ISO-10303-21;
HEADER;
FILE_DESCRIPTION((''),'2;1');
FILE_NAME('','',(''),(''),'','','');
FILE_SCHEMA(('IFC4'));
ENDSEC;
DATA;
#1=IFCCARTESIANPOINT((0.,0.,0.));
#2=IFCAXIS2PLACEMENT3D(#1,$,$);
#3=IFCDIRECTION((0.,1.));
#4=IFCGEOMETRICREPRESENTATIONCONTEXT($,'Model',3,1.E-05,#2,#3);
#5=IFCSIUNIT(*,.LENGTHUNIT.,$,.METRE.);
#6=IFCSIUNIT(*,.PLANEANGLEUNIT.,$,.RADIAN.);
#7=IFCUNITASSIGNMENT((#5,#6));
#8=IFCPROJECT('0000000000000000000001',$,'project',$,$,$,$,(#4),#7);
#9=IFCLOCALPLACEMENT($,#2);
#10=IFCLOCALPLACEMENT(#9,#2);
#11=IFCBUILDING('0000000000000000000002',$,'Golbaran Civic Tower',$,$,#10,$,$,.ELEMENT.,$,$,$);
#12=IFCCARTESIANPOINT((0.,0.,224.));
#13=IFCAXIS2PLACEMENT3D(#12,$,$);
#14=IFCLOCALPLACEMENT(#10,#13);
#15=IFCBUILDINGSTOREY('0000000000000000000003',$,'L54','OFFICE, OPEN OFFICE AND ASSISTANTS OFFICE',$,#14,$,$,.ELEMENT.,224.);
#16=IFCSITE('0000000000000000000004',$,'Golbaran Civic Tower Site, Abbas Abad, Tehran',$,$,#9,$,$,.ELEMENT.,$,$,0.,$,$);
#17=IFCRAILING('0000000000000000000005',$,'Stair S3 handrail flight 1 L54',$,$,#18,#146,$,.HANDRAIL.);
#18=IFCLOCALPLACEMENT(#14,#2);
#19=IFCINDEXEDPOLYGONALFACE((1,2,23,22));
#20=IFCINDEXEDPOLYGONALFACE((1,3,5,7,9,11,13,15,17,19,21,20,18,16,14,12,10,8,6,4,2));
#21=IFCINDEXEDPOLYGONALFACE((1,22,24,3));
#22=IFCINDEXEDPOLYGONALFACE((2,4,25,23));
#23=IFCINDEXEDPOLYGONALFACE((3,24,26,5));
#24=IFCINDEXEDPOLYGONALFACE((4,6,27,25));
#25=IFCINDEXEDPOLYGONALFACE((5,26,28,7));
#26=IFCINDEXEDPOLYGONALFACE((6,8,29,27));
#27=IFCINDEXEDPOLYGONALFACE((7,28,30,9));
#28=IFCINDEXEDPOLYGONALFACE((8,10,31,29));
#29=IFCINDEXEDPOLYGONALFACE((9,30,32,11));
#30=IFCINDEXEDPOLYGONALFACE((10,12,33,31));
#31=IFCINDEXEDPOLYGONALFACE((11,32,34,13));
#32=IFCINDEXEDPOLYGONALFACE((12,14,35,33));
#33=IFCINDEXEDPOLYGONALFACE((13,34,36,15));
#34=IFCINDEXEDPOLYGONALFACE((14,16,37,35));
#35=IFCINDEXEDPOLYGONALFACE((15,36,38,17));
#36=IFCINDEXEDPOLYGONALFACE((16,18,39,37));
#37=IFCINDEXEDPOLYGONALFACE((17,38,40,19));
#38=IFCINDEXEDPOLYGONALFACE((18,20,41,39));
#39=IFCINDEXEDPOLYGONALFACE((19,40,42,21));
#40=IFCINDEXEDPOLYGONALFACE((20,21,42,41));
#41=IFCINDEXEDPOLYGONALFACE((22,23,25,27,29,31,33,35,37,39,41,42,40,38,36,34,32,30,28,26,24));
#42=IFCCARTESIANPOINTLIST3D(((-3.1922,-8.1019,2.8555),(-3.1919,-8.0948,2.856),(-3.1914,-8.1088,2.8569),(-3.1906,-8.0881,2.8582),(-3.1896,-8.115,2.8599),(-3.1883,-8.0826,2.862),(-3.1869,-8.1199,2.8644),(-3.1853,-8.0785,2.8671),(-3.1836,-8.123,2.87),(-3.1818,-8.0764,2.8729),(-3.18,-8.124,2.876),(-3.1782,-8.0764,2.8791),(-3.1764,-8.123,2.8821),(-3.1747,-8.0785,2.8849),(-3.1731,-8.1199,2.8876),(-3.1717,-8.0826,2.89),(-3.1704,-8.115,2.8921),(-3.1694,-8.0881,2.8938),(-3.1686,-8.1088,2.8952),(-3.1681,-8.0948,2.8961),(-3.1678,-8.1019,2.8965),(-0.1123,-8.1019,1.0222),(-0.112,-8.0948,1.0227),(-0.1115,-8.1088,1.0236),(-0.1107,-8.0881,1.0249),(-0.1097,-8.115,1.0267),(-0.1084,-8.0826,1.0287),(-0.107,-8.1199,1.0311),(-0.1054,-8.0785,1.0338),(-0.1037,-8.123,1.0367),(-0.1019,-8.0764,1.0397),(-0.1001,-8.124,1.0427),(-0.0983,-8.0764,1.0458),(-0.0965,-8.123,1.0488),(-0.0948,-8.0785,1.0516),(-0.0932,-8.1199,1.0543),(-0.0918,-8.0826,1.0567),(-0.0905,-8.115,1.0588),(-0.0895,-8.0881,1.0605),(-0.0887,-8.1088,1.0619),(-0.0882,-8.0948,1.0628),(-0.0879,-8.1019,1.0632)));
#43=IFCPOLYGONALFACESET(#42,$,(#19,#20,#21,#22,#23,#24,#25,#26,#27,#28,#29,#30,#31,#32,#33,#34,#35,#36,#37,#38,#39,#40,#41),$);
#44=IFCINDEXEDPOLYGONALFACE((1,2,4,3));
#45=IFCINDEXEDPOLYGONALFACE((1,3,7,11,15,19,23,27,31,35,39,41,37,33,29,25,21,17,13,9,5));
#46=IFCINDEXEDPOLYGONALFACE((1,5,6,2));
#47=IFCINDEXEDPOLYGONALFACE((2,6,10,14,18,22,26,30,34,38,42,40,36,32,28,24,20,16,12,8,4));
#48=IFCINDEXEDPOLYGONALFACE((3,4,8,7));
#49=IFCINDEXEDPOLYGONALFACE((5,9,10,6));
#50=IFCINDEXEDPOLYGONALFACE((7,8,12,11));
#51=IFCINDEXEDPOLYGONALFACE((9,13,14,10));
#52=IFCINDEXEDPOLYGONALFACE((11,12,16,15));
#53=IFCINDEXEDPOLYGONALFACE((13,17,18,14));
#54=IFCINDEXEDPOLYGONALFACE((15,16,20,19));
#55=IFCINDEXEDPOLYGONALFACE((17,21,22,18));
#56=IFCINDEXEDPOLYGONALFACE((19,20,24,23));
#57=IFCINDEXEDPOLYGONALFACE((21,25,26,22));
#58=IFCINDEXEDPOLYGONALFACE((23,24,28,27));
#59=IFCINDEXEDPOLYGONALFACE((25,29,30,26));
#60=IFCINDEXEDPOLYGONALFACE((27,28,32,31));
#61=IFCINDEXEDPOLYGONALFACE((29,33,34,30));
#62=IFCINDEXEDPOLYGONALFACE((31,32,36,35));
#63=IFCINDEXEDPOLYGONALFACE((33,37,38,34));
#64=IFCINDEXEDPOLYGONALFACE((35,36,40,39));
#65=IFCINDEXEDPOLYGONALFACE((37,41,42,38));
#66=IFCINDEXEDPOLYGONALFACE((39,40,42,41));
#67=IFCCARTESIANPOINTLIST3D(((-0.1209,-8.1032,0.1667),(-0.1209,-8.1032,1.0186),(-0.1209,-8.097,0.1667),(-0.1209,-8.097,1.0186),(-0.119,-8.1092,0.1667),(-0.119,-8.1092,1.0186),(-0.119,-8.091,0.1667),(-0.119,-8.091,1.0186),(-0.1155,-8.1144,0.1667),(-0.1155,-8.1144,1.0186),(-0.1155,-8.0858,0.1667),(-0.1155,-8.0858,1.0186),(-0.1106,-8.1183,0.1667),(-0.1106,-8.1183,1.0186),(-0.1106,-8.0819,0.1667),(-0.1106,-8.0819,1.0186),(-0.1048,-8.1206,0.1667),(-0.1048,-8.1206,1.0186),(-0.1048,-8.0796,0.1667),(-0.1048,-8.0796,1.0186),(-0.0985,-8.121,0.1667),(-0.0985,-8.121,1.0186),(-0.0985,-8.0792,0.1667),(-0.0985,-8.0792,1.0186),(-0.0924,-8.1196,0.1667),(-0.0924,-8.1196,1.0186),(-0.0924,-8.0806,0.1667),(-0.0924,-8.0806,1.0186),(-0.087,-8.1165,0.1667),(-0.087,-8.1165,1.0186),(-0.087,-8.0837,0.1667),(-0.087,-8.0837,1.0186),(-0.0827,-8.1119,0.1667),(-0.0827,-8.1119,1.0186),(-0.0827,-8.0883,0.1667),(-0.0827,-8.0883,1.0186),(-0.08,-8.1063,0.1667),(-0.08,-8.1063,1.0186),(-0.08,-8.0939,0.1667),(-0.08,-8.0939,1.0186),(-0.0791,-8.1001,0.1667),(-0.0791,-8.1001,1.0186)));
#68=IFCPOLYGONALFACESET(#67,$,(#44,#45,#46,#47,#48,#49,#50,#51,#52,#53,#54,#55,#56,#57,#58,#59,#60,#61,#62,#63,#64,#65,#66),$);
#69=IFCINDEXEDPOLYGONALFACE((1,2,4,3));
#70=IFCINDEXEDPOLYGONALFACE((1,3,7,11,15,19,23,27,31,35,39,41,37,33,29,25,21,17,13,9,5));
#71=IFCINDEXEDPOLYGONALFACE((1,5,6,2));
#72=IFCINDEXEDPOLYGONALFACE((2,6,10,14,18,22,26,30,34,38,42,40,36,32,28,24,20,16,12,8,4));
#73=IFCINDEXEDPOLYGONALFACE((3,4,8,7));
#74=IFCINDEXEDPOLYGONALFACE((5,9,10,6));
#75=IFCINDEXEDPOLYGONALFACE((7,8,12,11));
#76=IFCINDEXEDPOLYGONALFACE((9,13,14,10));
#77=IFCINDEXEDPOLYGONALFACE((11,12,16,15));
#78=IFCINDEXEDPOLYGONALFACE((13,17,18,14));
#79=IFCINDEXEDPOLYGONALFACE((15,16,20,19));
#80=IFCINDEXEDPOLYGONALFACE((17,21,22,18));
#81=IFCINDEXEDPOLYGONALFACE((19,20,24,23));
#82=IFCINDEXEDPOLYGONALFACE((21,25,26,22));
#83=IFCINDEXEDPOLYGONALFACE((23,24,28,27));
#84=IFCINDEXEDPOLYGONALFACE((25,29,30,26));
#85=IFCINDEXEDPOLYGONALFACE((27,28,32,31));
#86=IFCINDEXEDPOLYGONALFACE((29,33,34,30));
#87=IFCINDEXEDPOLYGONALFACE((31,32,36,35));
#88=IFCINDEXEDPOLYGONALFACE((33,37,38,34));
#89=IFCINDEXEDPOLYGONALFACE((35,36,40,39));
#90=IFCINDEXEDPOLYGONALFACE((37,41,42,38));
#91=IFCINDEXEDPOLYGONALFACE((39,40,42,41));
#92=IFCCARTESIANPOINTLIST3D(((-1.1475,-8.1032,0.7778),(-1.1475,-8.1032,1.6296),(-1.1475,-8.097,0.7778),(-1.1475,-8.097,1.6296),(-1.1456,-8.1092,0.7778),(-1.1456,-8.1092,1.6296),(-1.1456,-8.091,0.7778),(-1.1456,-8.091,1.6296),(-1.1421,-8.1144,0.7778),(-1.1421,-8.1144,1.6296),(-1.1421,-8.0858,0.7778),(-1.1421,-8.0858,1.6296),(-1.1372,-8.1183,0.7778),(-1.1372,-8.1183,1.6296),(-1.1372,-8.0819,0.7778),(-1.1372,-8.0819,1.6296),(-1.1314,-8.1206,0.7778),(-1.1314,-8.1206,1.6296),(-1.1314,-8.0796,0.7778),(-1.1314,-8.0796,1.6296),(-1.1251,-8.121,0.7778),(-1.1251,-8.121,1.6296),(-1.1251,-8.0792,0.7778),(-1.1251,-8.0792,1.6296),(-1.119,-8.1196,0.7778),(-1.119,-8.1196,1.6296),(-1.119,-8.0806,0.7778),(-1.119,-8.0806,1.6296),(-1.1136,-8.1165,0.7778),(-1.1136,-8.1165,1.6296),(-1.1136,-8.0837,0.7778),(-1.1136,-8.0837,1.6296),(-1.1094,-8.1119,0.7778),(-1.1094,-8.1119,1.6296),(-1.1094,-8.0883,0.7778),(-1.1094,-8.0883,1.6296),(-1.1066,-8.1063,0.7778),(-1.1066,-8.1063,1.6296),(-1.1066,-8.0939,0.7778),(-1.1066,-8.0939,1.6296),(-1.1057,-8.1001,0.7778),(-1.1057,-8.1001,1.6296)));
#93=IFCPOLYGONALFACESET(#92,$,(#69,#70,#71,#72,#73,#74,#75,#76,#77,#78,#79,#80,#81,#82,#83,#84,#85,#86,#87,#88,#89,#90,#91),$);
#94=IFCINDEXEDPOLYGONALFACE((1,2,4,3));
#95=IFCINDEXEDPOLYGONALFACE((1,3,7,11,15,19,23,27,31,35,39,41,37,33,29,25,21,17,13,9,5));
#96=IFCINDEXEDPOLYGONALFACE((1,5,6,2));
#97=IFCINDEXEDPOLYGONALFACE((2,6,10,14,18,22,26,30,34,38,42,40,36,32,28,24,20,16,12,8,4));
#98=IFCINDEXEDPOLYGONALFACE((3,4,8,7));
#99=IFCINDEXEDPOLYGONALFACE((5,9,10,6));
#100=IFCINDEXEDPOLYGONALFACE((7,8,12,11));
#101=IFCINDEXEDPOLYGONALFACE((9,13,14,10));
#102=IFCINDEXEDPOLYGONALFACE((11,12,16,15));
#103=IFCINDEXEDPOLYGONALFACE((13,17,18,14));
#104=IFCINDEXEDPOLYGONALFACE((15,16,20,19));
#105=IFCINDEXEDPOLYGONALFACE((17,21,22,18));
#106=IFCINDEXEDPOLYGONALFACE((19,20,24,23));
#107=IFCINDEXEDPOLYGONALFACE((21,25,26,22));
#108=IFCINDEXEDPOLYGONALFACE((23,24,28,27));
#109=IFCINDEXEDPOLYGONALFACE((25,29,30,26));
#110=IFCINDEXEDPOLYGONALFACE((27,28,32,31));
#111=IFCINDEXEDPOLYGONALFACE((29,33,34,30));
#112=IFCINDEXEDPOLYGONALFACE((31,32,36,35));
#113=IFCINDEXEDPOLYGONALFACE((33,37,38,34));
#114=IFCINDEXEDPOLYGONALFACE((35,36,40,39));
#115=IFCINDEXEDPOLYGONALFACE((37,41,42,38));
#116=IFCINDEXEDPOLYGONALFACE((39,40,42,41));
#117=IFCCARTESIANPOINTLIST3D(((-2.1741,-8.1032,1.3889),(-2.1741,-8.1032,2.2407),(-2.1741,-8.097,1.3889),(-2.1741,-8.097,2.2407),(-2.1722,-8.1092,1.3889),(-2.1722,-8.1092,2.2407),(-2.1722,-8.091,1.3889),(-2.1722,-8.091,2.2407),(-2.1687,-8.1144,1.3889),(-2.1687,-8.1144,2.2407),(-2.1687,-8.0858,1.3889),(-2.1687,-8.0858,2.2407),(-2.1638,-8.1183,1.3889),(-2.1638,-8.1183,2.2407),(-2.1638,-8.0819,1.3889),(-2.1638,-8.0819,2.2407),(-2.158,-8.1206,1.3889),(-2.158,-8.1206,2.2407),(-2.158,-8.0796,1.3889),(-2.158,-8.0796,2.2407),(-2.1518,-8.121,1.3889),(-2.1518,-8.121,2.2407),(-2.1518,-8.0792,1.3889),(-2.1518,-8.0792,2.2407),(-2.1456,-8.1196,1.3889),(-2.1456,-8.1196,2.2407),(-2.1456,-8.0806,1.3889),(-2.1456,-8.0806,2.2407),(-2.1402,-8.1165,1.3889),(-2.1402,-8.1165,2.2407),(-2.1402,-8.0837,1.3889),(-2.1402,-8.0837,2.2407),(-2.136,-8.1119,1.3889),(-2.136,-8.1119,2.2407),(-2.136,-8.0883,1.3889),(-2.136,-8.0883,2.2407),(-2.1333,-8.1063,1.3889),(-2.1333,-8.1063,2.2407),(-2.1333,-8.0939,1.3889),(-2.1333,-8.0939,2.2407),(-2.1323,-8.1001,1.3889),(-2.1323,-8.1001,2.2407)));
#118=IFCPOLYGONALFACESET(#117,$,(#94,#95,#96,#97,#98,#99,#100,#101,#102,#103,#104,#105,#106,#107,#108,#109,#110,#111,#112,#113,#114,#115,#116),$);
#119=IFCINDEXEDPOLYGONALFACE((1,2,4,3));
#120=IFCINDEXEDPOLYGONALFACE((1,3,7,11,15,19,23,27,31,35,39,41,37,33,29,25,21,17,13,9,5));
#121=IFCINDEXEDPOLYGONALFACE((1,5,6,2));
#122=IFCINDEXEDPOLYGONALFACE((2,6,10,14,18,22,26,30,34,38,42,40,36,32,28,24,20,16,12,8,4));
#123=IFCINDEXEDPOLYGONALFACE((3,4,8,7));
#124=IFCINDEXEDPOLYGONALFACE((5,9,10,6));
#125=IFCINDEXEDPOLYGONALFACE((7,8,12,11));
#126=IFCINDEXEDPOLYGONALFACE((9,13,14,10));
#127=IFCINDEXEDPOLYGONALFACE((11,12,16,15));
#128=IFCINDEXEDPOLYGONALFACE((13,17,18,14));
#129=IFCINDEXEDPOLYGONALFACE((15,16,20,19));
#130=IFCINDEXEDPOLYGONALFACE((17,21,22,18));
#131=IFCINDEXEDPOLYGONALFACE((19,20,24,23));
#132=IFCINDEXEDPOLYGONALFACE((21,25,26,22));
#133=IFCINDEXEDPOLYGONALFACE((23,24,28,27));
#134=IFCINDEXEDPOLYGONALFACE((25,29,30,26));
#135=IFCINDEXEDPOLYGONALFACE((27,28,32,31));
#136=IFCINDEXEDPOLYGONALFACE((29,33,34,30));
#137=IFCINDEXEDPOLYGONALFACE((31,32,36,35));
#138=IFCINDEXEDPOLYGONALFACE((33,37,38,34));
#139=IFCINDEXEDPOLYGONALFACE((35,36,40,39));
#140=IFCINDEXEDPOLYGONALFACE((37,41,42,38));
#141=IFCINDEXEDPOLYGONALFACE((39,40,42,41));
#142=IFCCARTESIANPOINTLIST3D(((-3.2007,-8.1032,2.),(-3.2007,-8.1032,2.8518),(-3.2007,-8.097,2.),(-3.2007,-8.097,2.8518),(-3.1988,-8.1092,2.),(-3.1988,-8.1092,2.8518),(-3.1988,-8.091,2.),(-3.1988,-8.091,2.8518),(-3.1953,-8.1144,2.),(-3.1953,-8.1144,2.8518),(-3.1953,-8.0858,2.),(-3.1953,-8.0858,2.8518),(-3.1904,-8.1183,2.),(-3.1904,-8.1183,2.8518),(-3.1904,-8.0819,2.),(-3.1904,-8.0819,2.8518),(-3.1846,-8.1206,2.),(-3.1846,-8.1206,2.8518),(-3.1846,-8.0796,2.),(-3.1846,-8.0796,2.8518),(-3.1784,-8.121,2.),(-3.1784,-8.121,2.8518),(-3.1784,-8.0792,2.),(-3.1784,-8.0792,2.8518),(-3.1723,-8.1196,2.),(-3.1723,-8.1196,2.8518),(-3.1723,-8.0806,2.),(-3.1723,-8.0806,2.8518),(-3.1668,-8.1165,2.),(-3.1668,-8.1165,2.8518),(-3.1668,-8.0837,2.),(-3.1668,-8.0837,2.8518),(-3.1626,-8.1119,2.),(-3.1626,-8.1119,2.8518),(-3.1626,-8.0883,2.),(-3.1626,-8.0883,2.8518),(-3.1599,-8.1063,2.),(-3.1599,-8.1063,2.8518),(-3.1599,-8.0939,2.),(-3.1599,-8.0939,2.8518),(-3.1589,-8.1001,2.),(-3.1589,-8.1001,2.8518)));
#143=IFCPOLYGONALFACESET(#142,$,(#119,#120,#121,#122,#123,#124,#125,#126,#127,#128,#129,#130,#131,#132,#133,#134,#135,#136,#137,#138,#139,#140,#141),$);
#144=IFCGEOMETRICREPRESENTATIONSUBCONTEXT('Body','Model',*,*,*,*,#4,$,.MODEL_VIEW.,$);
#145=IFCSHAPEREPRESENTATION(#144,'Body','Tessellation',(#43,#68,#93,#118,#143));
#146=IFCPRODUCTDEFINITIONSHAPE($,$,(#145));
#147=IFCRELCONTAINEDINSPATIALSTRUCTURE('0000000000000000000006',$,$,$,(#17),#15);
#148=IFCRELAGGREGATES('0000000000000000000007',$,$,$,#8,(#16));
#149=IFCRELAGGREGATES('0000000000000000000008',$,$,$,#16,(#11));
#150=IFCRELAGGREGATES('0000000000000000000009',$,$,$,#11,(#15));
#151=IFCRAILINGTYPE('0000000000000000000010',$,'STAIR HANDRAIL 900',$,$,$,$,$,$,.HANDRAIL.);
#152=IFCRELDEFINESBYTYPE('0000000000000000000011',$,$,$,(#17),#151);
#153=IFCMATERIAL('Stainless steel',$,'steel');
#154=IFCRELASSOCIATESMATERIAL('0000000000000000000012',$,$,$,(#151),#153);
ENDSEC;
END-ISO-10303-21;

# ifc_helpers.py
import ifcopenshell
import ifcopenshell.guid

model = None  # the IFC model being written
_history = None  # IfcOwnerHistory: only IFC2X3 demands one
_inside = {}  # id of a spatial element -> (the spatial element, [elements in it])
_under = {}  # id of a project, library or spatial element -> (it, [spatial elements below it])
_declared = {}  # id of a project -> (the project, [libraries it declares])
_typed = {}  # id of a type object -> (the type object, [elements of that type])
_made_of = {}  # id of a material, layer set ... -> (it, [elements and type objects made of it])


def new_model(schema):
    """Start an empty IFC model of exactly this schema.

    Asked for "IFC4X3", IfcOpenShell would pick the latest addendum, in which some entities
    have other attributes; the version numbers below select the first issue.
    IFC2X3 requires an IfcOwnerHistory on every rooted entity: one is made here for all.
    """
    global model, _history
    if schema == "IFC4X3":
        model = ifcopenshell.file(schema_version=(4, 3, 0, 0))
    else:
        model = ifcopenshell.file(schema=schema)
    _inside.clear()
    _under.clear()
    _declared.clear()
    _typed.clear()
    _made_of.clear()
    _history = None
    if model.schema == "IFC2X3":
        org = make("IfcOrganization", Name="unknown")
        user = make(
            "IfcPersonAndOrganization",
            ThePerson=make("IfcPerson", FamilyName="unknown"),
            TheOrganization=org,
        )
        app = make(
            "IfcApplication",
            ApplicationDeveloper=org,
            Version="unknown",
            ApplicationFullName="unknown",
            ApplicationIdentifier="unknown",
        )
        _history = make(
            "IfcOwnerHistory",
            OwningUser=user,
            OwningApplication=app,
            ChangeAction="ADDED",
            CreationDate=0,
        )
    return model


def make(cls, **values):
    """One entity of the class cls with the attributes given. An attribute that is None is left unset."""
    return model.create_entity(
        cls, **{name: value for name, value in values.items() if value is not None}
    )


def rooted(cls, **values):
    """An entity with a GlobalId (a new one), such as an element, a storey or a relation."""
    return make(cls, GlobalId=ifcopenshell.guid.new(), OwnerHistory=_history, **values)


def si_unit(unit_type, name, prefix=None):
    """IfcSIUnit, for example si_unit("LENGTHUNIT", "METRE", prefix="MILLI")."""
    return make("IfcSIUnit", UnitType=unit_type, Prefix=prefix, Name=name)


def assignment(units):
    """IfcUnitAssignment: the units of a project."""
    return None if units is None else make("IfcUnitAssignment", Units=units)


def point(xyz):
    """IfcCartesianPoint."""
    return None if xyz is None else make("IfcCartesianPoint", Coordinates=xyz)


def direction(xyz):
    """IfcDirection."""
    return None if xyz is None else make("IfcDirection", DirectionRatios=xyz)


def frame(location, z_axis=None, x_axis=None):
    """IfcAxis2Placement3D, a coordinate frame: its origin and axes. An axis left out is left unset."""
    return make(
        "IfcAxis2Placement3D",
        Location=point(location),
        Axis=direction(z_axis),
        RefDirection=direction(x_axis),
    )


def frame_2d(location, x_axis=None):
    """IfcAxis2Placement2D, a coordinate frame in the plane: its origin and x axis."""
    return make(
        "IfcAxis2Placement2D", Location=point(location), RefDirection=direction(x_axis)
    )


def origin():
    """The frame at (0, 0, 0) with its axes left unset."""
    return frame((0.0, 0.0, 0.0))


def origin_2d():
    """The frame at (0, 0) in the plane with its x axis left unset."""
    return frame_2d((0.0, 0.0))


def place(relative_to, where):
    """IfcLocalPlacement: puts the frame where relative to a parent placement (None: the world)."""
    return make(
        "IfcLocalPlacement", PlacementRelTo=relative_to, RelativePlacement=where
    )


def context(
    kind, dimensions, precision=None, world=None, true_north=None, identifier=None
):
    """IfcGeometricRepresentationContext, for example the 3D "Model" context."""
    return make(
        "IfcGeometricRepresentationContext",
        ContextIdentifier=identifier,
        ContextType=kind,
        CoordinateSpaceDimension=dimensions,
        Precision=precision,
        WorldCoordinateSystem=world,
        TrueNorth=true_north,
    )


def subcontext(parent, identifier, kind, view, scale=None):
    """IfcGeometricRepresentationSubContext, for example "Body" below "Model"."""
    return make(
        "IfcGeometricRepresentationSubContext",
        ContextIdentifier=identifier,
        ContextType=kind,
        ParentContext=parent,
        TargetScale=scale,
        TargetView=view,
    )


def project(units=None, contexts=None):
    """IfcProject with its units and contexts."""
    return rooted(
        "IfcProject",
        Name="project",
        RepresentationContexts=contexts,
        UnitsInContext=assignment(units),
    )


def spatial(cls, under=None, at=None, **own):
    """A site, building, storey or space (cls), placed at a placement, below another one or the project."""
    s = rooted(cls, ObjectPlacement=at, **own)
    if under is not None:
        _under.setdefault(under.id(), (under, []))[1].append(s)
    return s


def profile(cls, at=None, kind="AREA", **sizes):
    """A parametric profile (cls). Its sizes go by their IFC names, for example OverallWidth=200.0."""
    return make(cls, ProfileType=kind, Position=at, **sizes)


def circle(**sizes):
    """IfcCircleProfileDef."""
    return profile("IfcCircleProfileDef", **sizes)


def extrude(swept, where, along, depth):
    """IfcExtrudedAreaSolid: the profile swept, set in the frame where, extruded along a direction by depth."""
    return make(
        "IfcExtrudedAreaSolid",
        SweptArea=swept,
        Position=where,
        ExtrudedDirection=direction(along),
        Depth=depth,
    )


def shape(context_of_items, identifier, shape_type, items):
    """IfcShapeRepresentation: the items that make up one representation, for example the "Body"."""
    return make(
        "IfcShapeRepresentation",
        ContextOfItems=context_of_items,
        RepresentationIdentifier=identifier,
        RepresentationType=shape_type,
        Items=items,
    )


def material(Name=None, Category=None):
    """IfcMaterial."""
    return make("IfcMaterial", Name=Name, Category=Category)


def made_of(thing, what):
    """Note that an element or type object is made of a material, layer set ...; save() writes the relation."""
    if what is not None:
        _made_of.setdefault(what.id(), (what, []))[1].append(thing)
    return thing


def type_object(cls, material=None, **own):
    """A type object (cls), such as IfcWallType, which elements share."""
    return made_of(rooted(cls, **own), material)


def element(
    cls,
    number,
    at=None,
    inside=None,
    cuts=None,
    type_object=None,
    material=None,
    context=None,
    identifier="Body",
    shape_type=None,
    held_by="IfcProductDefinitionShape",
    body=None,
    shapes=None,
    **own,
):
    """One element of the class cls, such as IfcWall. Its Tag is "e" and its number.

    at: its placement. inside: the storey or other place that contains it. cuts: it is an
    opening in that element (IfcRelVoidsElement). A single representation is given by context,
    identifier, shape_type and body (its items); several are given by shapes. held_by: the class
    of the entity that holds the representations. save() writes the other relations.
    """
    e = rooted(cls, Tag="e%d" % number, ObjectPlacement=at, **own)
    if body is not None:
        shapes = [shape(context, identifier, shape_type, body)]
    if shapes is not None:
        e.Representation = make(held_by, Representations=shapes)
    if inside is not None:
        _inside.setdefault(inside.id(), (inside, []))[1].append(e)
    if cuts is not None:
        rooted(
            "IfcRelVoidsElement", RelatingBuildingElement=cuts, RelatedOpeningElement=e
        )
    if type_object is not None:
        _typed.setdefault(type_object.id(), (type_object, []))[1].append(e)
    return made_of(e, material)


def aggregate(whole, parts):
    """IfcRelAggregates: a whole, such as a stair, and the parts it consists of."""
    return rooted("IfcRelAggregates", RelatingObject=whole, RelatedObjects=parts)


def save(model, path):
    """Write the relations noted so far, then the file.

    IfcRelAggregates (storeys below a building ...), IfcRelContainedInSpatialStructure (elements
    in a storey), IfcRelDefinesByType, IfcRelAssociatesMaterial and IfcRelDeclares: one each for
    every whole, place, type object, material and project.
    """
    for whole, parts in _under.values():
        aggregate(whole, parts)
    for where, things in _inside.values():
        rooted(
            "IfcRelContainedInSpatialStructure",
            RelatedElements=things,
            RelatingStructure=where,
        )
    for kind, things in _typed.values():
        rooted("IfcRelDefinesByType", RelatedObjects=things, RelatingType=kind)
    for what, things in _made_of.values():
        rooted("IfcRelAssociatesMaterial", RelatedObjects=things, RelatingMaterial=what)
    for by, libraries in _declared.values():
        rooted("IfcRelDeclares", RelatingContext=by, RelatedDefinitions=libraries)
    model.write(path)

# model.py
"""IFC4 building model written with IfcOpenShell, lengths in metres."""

from ifc_helpers import new_model, si_unit, direction, frame, origin, origin_2d, place, context, subcontext, project, spatial, circle, extrude, material, type_object, element, save


model = new_model("IFC4")

# Units and contexts
model_context = context("Model", 3, precision=1e-05, world=origin(), true_north=direction((0.0, 1.0)))
body_context = subcontext(model_context, "Body", "Model", "MODEL_VIEW")
ifc_project = project(units=[si_unit("LENGTHUNIT", "METRE"), si_unit("PLANEANGLEUNIT", "RADIAN")], contexts=[model_context])

# Site, building, storey
site_placement = place(None, origin())
site = spatial("IfcSite", under=ifc_project, at=site_placement, Name="Golbaran Civic Tower Site, Abbas Abad, Tehran", CompositionType="ELEMENT", RefElevation=0.0)
building_placement = place(site_placement, origin())
building = spatial("IfcBuilding", under=site, at=building_placement, Name="Golbaran Civic Tower", CompositionType="ELEMENT")
storey_placement = place(building_placement, frame((0.0, 0.0, 224.0)))
storey = spatial("IfcBuildingStorey", under=building, at=storey_placement, Name="L54", Description="OFFICE, OPEN OFFICE AND ASSISTANTS OFFICE", CompositionType="ELEMENT", Elevation=224.0)

# Shared definitions
ifc_material_1 = material(Name="Stainless steel", Category="steel")

# Railing
railing_type = type_object("IfcRailingType", Name="STAIR HANDRAIL 900", PredefinedType="HANDRAIL", material=ifc_material_1)
railing_1_placement = place(storey_placement, frame((-0.1001, -8.1001, 0.1667)))
element("IfcRailing", 1, at=railing_1_placement, inside=storey, type_object=railing_type, Name="Stair S3 handrail flight 1 L54", PredefinedType="HANDRAIL", context=body_context, shape_type="SweptSolid", body=[
    extrude(circle(Radius=0.0239, at=origin_2d()), frame((0.0, 0.0, 0.876), z_axis=(-0.859291, 0.0, 0.511487), x_axis=(0.0, -1.0, 0.0)), (0.0, 0.0, 1.0), 3.5842),
    extrude(circle(Radius=0.021, at=origin_2d()), origin(), (0.0, 0.0, 1.0), 0.8518),
    extrude(circle(Radius=0.021, at=origin_2d()), frame((-1.0266, 0.0, 0.6111)), (0.0, 0.0, 1.0), 0.8518),
    extrude(circle(Radius=0.021, at=origin_2d()), frame((-2.0532, 0.0, 1.2222)), (0.0, 0.0, 1.0), 0.8518),
    extrude(circle(Radius=0.021, at=origin_2d()), frame((-3.0798, 0.0, 1.8333)), (0.0, 0.0, 1.0), 0.8518),
])

save(model, "model.ifc")
